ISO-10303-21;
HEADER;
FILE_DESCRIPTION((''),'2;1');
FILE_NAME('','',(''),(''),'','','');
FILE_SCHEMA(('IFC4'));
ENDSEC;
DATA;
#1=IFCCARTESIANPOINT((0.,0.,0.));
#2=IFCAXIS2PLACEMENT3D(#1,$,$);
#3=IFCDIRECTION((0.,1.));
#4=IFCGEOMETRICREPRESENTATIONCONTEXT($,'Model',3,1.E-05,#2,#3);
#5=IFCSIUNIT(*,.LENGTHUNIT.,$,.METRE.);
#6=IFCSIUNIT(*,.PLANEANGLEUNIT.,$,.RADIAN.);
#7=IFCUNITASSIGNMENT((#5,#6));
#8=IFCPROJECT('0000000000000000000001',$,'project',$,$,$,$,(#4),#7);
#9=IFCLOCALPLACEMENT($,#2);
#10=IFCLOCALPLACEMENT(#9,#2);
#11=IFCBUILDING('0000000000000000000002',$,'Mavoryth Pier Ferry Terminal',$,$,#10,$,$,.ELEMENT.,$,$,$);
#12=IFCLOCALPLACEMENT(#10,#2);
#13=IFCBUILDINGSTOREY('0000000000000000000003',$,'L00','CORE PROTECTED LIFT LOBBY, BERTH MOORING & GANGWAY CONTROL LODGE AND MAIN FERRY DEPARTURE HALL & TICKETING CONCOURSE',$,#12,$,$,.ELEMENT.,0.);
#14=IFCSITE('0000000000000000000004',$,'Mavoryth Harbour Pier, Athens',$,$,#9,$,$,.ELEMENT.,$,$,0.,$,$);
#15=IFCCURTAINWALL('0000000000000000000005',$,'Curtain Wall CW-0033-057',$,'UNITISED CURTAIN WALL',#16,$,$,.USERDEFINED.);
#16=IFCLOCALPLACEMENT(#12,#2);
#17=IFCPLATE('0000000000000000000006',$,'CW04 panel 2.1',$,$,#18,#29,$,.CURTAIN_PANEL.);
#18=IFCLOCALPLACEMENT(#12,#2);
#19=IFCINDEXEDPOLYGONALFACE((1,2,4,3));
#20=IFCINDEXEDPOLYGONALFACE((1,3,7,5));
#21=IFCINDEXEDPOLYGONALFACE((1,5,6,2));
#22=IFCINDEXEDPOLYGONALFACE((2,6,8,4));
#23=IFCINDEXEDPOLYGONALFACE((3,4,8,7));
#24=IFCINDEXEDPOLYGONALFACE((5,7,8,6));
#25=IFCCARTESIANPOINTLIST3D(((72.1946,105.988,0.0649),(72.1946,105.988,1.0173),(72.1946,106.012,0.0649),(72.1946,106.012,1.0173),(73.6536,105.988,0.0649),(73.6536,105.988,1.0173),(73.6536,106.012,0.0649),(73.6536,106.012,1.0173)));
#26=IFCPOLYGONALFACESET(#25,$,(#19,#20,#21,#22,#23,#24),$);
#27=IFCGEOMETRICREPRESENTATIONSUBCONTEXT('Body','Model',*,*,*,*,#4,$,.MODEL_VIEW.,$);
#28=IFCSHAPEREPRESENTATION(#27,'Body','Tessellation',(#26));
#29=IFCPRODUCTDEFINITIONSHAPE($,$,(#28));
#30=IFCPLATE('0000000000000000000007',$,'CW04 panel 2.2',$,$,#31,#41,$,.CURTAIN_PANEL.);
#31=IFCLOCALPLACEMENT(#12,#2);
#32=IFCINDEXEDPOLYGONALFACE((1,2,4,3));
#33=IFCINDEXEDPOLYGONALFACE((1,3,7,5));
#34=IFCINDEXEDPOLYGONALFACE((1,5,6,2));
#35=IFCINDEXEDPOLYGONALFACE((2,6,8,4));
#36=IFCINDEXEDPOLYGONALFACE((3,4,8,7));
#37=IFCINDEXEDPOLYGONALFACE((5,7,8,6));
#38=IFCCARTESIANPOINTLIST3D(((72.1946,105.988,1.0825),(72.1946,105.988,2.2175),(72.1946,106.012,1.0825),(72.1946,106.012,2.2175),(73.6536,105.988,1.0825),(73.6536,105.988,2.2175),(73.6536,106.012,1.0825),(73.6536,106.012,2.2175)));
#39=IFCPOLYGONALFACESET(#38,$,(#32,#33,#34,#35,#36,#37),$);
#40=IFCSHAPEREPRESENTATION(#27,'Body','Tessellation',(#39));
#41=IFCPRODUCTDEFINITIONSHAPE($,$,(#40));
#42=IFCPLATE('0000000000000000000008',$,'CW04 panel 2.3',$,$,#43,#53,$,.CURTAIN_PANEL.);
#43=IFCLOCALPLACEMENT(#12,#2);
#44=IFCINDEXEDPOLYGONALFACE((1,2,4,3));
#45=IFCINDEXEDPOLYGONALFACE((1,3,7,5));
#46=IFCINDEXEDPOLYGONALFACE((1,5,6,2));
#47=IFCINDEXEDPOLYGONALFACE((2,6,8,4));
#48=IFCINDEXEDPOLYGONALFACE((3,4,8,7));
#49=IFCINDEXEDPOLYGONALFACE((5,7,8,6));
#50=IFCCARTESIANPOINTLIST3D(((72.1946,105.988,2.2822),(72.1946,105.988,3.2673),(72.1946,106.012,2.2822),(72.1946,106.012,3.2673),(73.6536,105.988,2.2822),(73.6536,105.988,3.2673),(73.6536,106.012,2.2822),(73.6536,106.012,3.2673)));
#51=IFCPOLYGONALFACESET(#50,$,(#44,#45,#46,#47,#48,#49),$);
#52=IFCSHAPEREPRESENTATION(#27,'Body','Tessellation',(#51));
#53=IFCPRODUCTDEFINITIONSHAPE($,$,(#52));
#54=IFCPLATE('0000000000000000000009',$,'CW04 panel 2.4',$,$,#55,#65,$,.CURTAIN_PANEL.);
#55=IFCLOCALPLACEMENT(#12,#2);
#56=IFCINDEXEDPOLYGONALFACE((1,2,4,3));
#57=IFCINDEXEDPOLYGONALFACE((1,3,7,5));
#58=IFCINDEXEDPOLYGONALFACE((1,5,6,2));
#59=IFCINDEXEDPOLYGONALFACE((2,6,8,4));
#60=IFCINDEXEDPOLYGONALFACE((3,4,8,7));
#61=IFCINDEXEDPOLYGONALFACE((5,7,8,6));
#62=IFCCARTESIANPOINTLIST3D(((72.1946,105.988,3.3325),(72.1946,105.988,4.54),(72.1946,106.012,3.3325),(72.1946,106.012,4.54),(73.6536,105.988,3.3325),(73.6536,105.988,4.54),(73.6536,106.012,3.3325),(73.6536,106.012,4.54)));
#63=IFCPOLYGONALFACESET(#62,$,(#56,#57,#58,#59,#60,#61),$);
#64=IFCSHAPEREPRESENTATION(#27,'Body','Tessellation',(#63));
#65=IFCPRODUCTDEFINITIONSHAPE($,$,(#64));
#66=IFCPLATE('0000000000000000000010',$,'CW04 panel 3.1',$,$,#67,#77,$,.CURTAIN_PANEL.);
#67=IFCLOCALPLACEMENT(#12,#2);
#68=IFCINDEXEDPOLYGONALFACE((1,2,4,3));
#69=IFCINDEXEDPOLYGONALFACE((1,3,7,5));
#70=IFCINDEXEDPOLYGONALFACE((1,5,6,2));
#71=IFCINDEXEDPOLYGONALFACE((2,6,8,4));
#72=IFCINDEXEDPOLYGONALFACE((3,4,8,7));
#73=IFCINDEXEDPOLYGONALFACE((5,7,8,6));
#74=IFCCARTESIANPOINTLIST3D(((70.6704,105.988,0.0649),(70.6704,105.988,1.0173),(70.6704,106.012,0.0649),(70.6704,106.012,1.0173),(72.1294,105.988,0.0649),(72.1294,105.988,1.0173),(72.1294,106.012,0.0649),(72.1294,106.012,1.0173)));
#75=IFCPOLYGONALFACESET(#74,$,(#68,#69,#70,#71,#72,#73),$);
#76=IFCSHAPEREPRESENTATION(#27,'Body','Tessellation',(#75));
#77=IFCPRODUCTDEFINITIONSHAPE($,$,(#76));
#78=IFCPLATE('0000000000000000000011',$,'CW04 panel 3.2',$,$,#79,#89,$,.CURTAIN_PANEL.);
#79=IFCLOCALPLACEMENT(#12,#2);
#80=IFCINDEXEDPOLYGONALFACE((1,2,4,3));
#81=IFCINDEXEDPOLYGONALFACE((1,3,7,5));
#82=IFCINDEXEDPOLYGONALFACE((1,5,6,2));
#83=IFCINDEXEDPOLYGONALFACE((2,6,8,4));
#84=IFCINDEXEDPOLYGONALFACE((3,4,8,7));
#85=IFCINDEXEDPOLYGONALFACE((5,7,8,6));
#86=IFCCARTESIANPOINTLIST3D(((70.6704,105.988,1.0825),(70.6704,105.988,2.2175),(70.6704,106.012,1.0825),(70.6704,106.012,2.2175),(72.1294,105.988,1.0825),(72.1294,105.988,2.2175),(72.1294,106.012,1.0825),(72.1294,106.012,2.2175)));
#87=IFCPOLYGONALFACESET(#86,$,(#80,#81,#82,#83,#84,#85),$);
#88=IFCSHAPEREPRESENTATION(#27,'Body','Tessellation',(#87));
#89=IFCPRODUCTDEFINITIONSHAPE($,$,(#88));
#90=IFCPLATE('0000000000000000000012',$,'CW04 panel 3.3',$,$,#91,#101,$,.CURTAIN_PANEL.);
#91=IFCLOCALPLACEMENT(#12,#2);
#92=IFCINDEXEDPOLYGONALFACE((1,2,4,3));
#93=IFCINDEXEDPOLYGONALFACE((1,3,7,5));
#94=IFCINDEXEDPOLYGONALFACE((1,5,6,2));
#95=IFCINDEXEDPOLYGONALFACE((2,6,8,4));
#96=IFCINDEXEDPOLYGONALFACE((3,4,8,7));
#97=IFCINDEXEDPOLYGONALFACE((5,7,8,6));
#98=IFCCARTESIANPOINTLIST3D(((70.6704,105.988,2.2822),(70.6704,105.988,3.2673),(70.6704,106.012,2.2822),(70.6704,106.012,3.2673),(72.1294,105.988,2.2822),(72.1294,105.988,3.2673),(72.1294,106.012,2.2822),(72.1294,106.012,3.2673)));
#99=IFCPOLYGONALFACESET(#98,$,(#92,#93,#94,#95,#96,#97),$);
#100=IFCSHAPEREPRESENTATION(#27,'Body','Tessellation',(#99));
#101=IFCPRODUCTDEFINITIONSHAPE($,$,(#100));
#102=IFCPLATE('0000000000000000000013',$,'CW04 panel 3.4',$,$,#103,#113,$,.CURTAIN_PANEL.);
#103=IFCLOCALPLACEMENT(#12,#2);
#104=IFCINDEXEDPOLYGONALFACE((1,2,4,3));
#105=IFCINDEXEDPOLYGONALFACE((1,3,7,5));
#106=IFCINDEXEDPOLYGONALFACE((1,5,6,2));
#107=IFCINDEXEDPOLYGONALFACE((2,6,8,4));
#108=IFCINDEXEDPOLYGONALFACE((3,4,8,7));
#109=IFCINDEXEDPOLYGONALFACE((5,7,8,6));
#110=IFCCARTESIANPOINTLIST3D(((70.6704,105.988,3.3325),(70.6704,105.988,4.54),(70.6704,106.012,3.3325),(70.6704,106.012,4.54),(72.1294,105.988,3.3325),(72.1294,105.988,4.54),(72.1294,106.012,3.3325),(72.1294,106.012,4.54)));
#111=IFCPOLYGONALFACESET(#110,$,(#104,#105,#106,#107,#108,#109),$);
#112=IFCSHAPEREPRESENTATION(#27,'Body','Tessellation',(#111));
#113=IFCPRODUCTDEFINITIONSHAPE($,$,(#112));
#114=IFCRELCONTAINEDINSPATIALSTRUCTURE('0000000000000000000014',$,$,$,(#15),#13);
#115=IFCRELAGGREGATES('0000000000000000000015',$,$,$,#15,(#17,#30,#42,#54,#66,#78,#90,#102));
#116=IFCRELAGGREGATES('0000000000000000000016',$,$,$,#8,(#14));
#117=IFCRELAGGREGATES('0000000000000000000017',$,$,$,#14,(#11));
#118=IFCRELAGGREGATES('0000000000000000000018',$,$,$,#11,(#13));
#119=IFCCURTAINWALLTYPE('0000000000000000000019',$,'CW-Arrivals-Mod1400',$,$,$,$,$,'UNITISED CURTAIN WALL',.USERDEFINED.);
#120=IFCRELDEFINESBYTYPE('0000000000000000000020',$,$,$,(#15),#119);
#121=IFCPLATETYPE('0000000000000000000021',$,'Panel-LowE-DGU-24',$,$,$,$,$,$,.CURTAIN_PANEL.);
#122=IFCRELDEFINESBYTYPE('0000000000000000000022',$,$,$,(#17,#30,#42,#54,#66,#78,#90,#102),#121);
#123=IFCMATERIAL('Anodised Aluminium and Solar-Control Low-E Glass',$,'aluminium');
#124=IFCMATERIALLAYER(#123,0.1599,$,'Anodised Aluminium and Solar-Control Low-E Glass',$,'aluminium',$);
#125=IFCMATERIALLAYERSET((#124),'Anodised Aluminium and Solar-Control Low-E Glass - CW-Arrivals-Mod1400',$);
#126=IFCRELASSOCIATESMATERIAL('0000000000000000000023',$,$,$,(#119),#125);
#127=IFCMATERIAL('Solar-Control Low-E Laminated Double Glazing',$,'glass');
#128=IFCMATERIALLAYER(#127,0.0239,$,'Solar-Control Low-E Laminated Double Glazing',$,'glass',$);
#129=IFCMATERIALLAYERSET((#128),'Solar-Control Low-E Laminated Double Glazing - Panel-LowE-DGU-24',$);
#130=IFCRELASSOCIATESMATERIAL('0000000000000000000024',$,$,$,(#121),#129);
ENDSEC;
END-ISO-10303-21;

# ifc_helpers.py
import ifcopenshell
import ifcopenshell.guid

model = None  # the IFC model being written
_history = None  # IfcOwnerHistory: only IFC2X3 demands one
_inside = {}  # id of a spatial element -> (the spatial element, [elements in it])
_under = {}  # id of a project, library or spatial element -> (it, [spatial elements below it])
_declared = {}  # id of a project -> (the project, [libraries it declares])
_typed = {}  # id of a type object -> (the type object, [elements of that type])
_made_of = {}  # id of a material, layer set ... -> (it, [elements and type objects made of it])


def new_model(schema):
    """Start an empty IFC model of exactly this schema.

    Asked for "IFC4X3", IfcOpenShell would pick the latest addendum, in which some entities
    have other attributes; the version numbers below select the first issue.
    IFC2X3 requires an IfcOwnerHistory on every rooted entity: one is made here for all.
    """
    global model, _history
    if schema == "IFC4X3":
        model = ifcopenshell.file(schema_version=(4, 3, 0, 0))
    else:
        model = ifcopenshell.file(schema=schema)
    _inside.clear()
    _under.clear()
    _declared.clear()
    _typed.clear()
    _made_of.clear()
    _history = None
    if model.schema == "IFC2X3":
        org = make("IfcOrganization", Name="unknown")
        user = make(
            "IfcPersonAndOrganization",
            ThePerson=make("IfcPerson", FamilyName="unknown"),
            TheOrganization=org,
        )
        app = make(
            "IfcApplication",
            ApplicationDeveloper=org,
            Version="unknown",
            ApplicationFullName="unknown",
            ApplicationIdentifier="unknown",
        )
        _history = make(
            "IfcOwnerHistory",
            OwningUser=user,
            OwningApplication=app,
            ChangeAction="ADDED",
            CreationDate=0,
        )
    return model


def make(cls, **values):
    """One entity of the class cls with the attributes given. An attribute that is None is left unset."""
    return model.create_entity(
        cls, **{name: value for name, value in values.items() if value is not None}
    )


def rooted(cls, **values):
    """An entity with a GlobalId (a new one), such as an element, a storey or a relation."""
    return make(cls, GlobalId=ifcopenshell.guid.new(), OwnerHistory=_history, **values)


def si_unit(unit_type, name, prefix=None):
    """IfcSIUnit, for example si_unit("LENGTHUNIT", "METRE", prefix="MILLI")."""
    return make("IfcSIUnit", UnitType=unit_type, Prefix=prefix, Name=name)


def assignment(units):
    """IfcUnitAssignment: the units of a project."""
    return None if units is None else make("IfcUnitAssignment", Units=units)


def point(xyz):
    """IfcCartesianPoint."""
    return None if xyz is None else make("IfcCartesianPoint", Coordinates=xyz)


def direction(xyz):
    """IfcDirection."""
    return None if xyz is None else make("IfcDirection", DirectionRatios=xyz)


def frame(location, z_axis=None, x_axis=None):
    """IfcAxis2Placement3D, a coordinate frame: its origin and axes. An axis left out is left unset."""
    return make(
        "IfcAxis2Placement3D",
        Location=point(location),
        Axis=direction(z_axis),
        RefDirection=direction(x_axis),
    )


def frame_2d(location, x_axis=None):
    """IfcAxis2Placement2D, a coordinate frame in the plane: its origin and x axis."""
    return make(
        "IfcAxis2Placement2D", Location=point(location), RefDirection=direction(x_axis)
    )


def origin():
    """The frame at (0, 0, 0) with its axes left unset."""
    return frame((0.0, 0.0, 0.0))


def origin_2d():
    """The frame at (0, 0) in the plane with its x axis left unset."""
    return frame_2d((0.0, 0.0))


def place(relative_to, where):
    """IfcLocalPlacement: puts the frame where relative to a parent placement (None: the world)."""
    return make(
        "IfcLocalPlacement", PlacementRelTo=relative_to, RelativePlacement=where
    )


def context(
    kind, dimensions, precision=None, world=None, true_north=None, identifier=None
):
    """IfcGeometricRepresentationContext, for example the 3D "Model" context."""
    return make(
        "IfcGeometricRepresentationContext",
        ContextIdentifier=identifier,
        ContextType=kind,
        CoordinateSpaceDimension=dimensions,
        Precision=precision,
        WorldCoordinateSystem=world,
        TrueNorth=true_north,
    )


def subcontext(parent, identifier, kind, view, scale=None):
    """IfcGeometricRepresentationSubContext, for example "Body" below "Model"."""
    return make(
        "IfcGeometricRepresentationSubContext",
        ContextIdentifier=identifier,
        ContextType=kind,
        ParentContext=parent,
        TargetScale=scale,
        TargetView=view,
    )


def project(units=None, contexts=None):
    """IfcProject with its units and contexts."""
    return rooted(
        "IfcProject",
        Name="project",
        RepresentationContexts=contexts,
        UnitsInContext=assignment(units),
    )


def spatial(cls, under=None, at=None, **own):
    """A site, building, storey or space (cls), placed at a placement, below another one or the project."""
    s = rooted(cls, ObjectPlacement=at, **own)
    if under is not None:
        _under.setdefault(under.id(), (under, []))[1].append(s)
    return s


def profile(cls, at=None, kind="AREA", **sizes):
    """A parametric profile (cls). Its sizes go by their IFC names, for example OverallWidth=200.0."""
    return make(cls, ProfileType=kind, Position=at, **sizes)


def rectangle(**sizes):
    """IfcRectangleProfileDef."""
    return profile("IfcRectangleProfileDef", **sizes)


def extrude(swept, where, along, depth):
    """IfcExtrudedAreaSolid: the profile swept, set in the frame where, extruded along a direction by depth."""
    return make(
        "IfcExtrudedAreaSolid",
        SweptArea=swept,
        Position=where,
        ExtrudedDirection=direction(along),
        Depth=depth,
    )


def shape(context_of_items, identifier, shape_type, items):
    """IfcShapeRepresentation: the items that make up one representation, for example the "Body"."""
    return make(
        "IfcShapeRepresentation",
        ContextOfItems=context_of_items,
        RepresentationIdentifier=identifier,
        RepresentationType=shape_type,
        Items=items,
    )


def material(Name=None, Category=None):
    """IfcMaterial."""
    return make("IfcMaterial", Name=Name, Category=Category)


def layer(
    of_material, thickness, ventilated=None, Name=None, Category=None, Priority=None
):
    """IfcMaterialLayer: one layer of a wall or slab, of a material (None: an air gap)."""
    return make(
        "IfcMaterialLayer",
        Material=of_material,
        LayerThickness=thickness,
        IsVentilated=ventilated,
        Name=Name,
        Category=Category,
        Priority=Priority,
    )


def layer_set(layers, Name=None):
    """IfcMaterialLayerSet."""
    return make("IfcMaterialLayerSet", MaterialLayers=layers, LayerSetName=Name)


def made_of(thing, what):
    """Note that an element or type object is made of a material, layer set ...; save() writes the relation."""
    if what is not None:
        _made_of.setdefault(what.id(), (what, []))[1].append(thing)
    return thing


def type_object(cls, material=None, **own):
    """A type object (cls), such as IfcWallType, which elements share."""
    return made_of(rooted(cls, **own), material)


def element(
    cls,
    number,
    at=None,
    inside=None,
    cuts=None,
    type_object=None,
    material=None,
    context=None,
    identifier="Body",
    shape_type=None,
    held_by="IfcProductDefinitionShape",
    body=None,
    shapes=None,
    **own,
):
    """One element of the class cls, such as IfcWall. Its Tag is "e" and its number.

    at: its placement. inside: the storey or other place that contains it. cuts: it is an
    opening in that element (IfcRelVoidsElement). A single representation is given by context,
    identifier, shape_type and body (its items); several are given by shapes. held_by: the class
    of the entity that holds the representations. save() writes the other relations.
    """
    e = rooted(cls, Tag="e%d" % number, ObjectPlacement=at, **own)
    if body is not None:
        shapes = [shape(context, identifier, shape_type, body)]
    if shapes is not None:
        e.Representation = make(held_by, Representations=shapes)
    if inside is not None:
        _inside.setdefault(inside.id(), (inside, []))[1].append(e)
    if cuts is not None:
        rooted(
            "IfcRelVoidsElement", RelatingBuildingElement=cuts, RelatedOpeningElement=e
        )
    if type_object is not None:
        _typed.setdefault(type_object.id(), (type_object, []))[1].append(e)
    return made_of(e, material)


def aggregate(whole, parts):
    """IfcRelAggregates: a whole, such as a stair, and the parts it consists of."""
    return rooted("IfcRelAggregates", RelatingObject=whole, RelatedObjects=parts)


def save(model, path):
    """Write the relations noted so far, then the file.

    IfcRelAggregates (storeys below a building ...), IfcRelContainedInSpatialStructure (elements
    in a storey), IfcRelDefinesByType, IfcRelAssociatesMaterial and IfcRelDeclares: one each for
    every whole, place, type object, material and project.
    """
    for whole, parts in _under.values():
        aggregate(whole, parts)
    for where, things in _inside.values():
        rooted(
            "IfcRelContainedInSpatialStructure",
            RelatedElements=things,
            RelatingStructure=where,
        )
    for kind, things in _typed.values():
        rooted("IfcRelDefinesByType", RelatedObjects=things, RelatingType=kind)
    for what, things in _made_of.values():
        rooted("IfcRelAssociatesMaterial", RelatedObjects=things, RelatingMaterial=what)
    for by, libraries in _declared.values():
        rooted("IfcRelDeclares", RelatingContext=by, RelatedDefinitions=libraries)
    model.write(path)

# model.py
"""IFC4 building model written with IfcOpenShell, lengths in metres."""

from ifc_helpers import new_model, si_unit, direction, frame, origin, origin_2d, place, context, subcontext, project, spatial, rectangle, extrude, material, layer, layer_set, type_object, element, aggregate, save


model = new_model("IFC4")

# Units and contexts
model_context = context("Model", 3, precision=1e-05, world=origin(), true_north=direction((0.0, 1.0)))
body_context = subcontext(model_context, "Body", "Model", "MODEL_VIEW")
ifc_project = project(units=[si_unit("LENGTHUNIT", "METRE"), si_unit("PLANEANGLEUNIT", "RADIAN")], contexts=[model_context])

# Site, building, storey
site_placement = place(None, origin())
site = spatial("IfcSite", under=ifc_project, at=site_placement, Name="Mavoryth Harbour Pier, Athens", CompositionType="ELEMENT", RefElevation=0.0)
building_placement = place(site_placement, origin())
building = spatial("IfcBuilding", under=site, at=building_placement, Name="Mavoryth Pier Ferry Terminal", CompositionType="ELEMENT")
storey_placement = place(building_placement, origin())
storey = spatial("IfcBuildingStorey", under=building, at=storey_placement, Name="L00", Description="CORE PROTECTED LIFT LOBBY, BERTH MOORING & GANGWAY CONTROL LODGE AND MAIN FERRY DEPARTURE HALL & TICKETING CONCOURSE", CompositionType="ELEMENT", Elevation=0.0)

# Curtain wall, plates
ifc_material_1 = material(Name="Anodised Aluminium and Solar-Control Low-E Glass", Category="aluminium")
ifc_layer_1 = layer(ifc_material_1, 0.1599, Name="Anodised Aluminium and Solar-Control Low-E Glass", Category="aluminium")
ifc_layer_set_1 = layer_set([ifc_layer_1], Name="Anodised Aluminium and Solar-Control Low-E Glass - CW-Arrivals-Mod1400")
curtain_wall_type = type_object("IfcCurtainWallType", Name="CW-Arrivals-Mod1400", ElementType="UNITISED CURTAIN WALL", PredefinedType="USERDEFINED", material=ifc_layer_set_1)
curtain_wall_placement = place(storey_placement, origin())
curtain_wall = element("IfcCurtainWall", 1, at=curtain_wall_placement, inside=storey, type_object=curtain_wall_type, Name="Curtain Wall CW-0033-057", ObjectType="UNITISED CURTAIN WALL", PredefinedType="USERDEFINED")
ifc_material_2 = material(Name="Solar-Control Low-E Laminated Double Glazing", Category="glass")
ifc_layer_2 = layer(ifc_material_2, 0.0239, Name="Solar-Control Low-E Laminated Double Glazing", Category="glass")
ifc_layer_set_2 = layer_set([ifc_layer_2], Name="Solar-Control Low-E Laminated Double Glazing - Panel-LowE-DGU-24")
plate_type = type_object("IfcPlateType", Name="Panel-LowE-DGU-24", PredefinedType="CURTAIN_PANEL", material=ifc_layer_set_2)
plate_1_placement = place(storey_placement, frame((72.9241, 106.0, 0.0649), z_axis=(0.0, 0.0, 1.0), x_axis=(-1.0, 0.0, 0.0)))
plate_1 = element("IfcPlate", 2, at=plate_1_placement, type_object=plate_type, Name="CW04 panel 2.1", PredefinedType="CURTAIN_PANEL", context=body_context, shape_type="SweptSolid", body=[
    extrude(rectangle(XDim=1.459, YDim=0.0239, at=origin_2d()), origin(), (0.0, 0.0, 1.0), 0.9524),
])
plate_2_placement = place(storey_placement, frame((72.9241, 106.0, 1.0825), z_axis=(0.0, 0.0, 1.0), x_axis=(-1.0, 0.0, 0.0)))
plate_2 = element("IfcPlate", 3, at=plate_2_placement, type_object=plate_type, Name="CW04 panel 2.2", PredefinedType="CURTAIN_PANEL", context=body_context, shape_type="SweptSolid", body=[
    extrude(rectangle(XDim=1.459, YDim=0.0239, at=origin_2d()), origin(), (0.0, 0.0, 1.0), 1.135),
])
plate_3_placement = place(storey_placement, frame((72.9241, 106.0, 2.2822), z_axis=(0.0, 0.0, 1.0), x_axis=(-1.0, 0.0, 0.0)))
plate_3 = element("IfcPlate", 4, at=plate_3_placement, type_object=plate_type, Name="CW04 panel 2.3", PredefinedType="CURTAIN_PANEL", context=body_context, shape_type="SweptSolid", body=[
    extrude(rectangle(XDim=1.459, YDim=0.0239, at=origin_2d()), origin(), (0.0, 0.0, 1.0), 0.9851),
])
plate_4_placement = place(storey_placement, frame((72.9241, 106.0, 3.3325), z_axis=(0.0, 0.0, 1.0), x_axis=(-1.0, 0.0, 0.0)))
plate_4 = element("IfcPlate", 5, at=plate_4_placement, type_object=plate_type, Name="CW04 panel 2.4", PredefinedType="CURTAIN_PANEL", context=body_context, shape_type="SweptSolid", body=[
    extrude(rectangle(XDim=1.459, YDim=0.0239, at=origin_2d()), origin(), (0.0, 0.0, 1.0), 1.2075),
])
plate_5_placement = place(storey_placement, frame((71.3999, 106.0, 0.0649), z_axis=(0.0, 0.0, 1.0), x_axis=(-1.0, 0.0, 0.0)))
plate_5 = element("IfcPlate", 6, at=plate_5_placement, type_object=plate_type, Name="CW04 panel 3.1", PredefinedType="CURTAIN_PANEL", context=body_context, shape_type="SweptSolid", body=[
    extrude(rectangle(XDim=1.459, YDim=0.0239, at=origin_2d()), origin(), (0.0, 0.0, 1.0), 0.9524),
])
plate_6_placement = place(storey_placement, frame((71.3999, 106.0, 1.0825), z_axis=(0.0, 0.0, 1.0), x_axis=(-1.0, 0.0, 0.0)))
plate_6 = element("IfcPlate", 7, at=plate_6_placement, type_object=plate_type, Name="CW04 panel 3.2", PredefinedType="CURTAIN_PANEL", context=body_context, shape_type="SweptSolid", body=[
    extrude(rectangle(XDim=1.459, YDim=0.0239, at=origin_2d()), origin(), (0.0, 0.0, 1.0), 1.135),
])
plate_7_placement = place(storey_placement, frame((71.3999, 106.0, 2.2822), z_axis=(0.0, 0.0, 1.0), x_axis=(-1.0, 0.0, 0.0)))
plate_7 = element("IfcPlate", 8, at=plate_7_placement, type_object=plate_type, Name="CW04 panel 3.3", PredefinedType="CURTAIN_PANEL", context=body_context, shape_type="SweptSolid", body=[
    extrude(rectangle(XDim=1.459, YDim=0.0239, at=origin_2d()), origin(), (0.0, 0.0, 1.0), 0.9851),
])
plate_8_placement = place(storey_placement, frame((71.3999, 106.0, 3.3325), z_axis=(0.0, 0.0, 1.0), x_axis=(-1.0, 0.0, 0.0)))
plate_8 = element("IfcPlate", 9, at=plate_8_placement, type_object=plate_type, Name="CW04 panel 3.4", PredefinedType="CURTAIN_PANEL", context=body_context, shape_type="SweptSolid", body=[
    extrude(rectangle(XDim=1.459, YDim=0.0239, at=origin_2d()), origin(), (0.0, 0.0, 1.0), 1.2075),
])
aggregate(curtain_wall, [plate_1, plate_2, plate_3, plate_4, plate_5, plate_6, plate_7, plate_8])

save(model, "model.ifc")
